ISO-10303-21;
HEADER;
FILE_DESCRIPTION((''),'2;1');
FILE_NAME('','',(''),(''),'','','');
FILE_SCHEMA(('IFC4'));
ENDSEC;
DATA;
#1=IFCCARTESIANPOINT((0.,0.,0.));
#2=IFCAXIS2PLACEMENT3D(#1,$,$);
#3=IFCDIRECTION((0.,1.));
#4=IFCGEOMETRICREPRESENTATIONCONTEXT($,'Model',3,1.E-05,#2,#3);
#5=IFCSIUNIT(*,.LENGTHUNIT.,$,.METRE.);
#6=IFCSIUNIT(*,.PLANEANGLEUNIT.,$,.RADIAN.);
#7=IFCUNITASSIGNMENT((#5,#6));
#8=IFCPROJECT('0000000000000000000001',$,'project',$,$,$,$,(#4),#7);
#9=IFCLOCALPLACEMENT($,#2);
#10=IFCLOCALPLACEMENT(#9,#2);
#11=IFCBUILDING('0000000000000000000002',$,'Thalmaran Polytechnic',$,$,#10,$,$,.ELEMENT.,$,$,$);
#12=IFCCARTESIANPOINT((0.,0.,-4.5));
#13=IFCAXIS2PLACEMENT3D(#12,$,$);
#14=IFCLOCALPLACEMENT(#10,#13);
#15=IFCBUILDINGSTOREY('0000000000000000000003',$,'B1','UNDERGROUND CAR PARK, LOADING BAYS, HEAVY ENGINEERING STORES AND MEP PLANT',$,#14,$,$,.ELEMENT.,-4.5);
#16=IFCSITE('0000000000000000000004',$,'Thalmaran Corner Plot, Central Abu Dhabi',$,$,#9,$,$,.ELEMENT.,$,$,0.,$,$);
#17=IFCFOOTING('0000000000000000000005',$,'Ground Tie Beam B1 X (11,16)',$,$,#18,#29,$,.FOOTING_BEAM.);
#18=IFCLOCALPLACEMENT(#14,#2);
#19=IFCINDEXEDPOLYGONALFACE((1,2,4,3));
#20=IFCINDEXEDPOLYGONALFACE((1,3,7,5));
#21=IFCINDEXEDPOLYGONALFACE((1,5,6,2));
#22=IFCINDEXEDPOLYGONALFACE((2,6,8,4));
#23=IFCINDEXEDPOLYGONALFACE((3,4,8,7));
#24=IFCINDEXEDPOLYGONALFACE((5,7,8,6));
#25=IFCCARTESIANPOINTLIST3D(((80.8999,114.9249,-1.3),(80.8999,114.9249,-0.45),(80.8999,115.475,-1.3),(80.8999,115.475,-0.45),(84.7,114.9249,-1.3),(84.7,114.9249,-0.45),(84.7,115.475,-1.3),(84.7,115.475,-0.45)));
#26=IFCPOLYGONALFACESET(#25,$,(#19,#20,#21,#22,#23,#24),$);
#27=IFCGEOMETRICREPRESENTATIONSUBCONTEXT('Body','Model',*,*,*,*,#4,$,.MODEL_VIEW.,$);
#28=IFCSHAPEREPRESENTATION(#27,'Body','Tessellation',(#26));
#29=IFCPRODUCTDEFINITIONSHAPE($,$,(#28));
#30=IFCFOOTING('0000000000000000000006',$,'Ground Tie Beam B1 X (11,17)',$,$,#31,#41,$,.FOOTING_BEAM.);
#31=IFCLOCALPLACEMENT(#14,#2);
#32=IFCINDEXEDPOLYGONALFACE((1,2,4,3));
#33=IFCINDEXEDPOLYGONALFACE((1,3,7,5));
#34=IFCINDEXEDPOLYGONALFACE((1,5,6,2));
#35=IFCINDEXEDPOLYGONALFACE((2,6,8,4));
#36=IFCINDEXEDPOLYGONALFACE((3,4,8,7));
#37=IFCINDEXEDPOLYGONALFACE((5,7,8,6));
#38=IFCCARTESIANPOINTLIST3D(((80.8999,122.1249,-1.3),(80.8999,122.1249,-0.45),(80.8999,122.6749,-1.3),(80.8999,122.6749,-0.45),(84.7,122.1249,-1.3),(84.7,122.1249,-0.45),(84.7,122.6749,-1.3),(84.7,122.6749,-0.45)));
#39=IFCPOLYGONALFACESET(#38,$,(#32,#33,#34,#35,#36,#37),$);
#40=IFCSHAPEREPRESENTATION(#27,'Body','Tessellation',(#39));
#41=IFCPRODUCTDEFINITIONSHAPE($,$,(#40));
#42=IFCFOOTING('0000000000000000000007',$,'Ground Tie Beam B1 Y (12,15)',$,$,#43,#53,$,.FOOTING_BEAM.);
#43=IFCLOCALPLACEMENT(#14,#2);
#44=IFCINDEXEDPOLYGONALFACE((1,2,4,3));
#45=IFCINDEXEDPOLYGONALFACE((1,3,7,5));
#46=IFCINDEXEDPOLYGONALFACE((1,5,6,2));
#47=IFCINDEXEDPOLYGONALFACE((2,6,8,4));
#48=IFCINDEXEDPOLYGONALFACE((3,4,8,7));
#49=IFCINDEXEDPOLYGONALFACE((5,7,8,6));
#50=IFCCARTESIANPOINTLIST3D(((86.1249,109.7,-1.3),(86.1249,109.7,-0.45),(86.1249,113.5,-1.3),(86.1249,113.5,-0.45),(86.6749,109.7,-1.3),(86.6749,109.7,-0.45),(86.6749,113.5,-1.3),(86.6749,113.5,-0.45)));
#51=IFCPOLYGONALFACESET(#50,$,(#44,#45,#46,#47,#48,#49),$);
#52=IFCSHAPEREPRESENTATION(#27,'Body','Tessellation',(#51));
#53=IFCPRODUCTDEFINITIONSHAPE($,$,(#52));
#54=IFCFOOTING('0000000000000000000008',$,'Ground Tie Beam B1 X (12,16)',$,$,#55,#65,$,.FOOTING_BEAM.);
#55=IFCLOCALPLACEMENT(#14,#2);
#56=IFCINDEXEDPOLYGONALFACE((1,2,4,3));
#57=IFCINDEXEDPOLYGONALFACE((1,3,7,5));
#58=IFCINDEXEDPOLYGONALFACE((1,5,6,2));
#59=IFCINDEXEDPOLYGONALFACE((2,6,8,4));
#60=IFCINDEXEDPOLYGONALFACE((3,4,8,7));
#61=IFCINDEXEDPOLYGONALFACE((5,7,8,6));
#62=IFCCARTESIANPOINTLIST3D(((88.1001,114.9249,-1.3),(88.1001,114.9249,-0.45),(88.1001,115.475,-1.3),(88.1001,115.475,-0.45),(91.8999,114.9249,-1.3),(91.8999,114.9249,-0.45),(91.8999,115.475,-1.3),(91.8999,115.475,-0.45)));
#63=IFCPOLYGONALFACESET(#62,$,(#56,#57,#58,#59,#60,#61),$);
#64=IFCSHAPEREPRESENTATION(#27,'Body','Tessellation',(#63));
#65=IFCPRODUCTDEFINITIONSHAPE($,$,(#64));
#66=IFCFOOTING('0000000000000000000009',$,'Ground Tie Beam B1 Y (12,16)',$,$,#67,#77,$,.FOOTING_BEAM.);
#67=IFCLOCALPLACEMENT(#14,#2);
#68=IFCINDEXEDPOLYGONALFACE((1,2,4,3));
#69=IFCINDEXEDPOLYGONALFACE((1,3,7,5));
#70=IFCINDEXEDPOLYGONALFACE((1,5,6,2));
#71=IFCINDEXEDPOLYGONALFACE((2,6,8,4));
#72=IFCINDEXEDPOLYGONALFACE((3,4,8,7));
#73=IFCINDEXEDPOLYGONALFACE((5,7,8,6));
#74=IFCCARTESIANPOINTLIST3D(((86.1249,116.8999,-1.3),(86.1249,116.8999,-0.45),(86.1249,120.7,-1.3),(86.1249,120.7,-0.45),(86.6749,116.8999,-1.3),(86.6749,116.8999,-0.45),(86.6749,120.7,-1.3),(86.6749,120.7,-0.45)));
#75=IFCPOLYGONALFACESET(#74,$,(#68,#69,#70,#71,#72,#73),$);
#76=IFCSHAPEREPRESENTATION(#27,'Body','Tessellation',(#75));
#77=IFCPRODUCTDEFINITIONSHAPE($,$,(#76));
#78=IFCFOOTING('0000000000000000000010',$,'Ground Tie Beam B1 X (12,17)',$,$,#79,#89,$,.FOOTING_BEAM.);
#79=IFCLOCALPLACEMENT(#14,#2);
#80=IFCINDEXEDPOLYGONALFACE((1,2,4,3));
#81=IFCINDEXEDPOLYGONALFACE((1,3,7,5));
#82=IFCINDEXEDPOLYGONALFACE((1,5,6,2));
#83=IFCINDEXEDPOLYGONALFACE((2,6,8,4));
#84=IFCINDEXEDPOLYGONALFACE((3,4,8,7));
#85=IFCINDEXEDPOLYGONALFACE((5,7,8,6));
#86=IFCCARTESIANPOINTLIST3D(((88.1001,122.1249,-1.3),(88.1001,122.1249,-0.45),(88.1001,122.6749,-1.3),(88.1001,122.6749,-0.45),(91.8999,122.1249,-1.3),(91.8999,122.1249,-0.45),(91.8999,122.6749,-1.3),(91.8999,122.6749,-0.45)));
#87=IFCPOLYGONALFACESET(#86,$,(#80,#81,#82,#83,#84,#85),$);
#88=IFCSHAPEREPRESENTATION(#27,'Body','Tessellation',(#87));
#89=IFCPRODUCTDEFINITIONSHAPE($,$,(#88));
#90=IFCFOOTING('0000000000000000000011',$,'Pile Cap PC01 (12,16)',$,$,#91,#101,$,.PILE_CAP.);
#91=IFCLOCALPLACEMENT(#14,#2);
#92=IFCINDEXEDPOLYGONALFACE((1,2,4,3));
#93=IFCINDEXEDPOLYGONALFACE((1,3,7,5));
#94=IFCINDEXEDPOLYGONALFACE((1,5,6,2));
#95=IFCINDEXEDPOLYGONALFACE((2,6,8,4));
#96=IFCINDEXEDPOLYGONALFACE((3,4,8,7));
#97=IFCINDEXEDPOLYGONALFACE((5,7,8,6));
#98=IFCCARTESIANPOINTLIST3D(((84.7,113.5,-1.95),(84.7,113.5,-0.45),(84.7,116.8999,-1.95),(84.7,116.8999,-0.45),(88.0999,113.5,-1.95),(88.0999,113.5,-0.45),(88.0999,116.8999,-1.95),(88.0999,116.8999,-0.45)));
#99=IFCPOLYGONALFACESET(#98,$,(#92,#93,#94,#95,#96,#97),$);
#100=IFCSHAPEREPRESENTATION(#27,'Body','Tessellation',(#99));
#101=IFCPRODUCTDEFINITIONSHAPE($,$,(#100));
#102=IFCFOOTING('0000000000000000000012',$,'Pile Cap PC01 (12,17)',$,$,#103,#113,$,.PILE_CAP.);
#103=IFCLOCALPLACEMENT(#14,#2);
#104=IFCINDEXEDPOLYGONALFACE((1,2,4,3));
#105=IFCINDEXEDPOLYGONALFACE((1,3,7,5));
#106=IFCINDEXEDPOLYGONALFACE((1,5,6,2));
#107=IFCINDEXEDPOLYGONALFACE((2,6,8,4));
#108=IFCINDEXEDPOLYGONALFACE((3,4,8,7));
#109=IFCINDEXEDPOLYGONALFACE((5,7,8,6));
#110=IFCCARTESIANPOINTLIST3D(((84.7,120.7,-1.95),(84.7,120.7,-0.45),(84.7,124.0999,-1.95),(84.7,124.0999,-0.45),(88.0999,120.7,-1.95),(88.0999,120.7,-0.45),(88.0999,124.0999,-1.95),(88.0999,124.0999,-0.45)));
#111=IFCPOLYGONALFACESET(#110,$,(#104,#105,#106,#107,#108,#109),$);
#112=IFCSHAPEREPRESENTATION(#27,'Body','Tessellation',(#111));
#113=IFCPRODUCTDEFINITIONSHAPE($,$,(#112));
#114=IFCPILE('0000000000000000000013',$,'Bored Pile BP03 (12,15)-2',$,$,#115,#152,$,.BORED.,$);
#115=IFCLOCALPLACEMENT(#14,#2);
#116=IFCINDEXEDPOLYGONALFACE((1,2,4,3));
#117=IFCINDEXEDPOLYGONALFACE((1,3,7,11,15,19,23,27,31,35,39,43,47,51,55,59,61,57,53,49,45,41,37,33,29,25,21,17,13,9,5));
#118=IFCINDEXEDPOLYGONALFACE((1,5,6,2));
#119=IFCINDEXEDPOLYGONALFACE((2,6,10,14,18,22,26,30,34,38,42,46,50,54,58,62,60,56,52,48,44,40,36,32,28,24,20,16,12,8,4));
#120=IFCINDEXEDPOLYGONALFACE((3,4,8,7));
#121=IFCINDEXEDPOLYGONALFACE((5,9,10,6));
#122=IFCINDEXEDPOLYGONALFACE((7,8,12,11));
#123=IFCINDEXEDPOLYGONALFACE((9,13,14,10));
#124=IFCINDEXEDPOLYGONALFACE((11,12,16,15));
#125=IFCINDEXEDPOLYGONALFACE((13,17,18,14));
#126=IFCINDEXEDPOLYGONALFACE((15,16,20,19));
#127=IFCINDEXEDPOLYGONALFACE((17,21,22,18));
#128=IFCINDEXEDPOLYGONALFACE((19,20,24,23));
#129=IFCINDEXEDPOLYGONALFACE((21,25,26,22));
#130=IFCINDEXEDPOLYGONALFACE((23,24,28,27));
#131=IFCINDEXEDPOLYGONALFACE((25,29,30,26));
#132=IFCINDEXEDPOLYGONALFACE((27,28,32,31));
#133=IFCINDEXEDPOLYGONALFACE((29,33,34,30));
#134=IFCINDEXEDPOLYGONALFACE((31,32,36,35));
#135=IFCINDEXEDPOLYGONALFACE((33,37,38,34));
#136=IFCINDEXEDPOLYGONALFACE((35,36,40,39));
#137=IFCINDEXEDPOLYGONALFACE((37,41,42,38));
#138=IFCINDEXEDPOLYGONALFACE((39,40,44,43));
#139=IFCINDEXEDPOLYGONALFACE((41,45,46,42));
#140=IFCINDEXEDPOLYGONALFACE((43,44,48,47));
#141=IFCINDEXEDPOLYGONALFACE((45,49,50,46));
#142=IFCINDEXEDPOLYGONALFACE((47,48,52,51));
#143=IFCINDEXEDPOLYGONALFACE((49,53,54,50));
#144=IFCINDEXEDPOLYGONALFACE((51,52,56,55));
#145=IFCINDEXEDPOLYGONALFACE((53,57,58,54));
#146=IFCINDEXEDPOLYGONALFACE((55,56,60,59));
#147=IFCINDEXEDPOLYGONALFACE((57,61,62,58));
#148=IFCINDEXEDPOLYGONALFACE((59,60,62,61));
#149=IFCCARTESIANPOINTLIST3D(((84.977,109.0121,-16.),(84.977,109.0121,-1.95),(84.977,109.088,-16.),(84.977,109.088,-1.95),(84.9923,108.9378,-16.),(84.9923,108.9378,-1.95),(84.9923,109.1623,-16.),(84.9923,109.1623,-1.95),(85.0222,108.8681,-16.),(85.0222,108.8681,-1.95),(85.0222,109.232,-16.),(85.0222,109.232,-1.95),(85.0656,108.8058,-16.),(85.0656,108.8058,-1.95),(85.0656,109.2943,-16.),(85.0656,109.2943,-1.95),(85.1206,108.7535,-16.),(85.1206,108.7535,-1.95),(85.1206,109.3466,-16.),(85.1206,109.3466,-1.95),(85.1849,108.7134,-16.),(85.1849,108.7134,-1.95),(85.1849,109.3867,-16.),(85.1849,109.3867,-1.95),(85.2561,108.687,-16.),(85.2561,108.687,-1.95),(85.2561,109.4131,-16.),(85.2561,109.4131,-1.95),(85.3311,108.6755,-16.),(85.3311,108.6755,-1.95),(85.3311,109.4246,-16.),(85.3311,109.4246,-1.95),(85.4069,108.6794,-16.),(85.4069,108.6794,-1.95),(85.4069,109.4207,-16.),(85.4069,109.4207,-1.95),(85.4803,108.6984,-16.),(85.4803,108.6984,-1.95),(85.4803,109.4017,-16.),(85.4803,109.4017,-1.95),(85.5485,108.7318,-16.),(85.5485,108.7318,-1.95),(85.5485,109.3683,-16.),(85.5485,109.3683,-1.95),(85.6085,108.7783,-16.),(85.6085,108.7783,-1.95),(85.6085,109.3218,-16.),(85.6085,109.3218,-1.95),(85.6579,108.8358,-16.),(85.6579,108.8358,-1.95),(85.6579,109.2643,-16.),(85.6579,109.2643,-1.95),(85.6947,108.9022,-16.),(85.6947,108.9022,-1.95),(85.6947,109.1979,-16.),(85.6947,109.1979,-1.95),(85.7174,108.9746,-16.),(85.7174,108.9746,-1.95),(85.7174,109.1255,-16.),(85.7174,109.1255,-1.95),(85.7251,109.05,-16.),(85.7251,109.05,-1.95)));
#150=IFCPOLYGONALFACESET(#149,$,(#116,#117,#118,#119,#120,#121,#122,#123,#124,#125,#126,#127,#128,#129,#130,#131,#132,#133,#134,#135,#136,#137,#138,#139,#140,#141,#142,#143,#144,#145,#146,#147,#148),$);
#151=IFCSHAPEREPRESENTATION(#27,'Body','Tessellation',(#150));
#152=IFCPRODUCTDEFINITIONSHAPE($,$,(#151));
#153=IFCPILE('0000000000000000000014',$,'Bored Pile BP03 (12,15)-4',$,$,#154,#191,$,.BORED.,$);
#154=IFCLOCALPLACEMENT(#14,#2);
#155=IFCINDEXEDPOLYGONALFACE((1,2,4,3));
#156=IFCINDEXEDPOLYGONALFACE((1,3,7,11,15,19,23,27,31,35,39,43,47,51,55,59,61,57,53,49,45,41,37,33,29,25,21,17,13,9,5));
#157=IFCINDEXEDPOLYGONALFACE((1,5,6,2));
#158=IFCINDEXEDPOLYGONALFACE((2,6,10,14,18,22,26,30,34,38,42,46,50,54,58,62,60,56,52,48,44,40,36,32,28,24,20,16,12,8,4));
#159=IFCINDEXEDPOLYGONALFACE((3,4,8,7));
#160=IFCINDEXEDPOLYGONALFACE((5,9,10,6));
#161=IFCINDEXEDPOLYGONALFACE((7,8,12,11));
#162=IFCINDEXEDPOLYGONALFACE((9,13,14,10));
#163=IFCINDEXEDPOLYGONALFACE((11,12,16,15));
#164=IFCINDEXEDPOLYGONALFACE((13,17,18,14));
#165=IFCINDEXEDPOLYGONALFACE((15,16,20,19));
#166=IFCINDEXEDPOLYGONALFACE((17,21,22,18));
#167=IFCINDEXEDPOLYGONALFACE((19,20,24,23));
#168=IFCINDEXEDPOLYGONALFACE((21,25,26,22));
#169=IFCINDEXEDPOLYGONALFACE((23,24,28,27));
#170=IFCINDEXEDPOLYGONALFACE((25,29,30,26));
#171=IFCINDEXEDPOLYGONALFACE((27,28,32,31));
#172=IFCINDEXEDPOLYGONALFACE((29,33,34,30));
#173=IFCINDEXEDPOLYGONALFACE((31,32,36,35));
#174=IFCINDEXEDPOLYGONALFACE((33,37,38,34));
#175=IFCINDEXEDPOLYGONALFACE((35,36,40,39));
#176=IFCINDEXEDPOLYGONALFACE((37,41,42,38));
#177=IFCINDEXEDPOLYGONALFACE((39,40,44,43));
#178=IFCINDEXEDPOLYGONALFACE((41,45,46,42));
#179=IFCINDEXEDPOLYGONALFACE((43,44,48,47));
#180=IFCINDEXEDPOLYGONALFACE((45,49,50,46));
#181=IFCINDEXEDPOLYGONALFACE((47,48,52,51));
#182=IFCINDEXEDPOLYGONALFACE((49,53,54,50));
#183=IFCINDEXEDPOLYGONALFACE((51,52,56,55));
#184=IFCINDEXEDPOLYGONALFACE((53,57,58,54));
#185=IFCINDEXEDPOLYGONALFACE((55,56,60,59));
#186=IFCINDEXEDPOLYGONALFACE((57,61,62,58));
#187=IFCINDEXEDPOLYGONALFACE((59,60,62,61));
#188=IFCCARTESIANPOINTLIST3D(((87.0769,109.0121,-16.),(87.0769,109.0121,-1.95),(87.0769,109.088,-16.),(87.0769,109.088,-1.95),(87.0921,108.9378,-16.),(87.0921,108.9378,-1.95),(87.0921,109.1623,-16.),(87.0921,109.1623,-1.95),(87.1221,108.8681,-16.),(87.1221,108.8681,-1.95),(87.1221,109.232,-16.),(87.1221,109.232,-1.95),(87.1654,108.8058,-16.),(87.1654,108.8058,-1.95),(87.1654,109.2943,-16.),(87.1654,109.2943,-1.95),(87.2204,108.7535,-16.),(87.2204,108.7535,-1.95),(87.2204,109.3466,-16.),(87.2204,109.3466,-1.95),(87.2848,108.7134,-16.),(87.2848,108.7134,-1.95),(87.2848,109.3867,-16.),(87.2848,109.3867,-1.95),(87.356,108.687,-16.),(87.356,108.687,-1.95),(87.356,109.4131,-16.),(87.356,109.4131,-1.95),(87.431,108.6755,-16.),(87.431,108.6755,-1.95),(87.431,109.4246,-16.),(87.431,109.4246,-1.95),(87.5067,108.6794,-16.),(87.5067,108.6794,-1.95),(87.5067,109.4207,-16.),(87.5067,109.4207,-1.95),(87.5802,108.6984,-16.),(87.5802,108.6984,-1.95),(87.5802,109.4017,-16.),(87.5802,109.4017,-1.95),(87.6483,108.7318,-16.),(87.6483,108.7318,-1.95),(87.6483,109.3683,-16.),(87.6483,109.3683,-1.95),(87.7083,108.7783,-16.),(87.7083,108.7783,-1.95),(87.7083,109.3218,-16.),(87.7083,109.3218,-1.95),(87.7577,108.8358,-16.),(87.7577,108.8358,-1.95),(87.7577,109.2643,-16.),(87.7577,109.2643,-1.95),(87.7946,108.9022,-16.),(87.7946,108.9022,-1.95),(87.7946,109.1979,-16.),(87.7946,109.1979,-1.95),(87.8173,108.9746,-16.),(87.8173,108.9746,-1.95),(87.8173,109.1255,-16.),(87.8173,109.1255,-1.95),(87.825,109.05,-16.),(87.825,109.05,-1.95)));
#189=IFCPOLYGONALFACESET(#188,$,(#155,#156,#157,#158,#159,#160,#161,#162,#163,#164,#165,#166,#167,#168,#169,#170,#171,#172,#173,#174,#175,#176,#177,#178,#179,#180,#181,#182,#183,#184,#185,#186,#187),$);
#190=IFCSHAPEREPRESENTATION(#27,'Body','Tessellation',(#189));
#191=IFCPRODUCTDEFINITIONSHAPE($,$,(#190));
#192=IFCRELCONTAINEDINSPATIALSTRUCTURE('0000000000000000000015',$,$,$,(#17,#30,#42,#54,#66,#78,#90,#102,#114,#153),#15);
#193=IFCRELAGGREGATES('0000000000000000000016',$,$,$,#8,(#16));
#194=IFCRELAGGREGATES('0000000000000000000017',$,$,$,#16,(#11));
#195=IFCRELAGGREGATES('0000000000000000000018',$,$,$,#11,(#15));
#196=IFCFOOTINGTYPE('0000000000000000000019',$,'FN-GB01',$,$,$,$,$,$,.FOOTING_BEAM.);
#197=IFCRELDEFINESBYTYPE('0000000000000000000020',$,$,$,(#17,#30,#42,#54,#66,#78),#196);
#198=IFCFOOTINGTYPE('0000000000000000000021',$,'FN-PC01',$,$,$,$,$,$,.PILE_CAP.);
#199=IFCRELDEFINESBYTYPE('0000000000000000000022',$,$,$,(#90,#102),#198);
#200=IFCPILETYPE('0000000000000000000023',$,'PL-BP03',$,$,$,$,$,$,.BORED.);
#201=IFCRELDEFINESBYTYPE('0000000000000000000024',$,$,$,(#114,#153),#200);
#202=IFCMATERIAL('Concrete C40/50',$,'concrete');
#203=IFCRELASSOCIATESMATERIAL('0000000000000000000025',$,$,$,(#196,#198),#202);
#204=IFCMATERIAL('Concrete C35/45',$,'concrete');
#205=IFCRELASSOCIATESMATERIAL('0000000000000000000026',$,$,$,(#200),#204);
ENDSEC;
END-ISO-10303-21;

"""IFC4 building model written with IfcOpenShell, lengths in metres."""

from ifc_helpers import new_model, si_unit, direction, frame, origin, origin_2d, place, context, subcontext, project, spatial, rectangle, circle, extrude, material, material_profile, profile_set, type_object, element, save


model = new_model("IFC4")

# Units and contexts
model_context = context("Model", 3, precision=1e-05, world=origin(), true_north=direction((0.0, 1.0)))
body_context = subcontext(model_context, "Body", "Model", "MODEL_VIEW")
ifc_project = project(units=[si_unit("LENGTHUNIT", "METRE"), si_unit("PLANEANGLEUNIT", "RADIAN")], contexts=[model_context])

# Site, building, storey
site_placement = place(None, origin())
site = spatial("IfcSite", under=ifc_project, at=site_placement, Name="Thalmaran Corner Plot, Central Abu Dhabi", CompositionType="ELEMENT", RefElevation=0.0)
building_placement = place(site_placement, origin())
building = spatial("IfcBuilding", under=site, at=building_placement, Name="Thalmaran Polytechnic", CompositionType="ELEMENT")
storey_placement = place(building_placement, frame((0.0, 0.0, -4.5)))
storey = spatial("IfcBuildingStorey", under=building, at=storey_placement, Name="B1", Description="UNDERGROUND CAR PARK, LOADING BAYS, HEAVY ENGINEERING STORES AND MEP PLANT", CompositionType="ELEMENT", Elevation=-4.5)

# Footings
ifc_material_1 = material(Name="Concrete C40/50", Category="concrete")
ifc_material_profile_1 = material_profile(ifc_material_1, rectangle(XDim=0.55, YDim=0.8501, at=origin_2d()), Name="RC 550x850")
ifc_profile_set_1 = profile_set([ifc_material_profile_1], Name="Concrete C40/50")
footing_type_1 = type_object("IfcFootingType", Name="FN-GB01", PredefinedType="FOOTING_BEAM", material=ifc_profile_set_1)
for number, where, z_axis, x_axis, name in (
    (1, (80.8999, 115.2, -0.875), (1.0, 0.0, 0.0), (0.0, 1.0, 0.0), "Ground Tie Beam B1 X (11,16)"),
    (2, (80.8999, 122.3999, -0.875), (1.0, 0.0, 0.0), (0.0, 1.0, 0.0), "Ground Tie Beam B1 X (11,17)"),
    (3, (86.3999, 109.7, -0.875), (0.0, 1.0, 0.0), (-1.0, 0.0, 0.0), "Ground Tie Beam B1 Y (12,15)"),
):
    element("IfcFooting", number, at=place(storey_placement, frame(where, z_axis=z_axis, x_axis=x_axis)), inside=storey, type_object=footing_type_1, Name=name, PredefinedType="FOOTING_BEAM", context=body_context, shape_type="SweptSolid", body=[
        extrude(rectangle(XDim=0.55, YDim=0.8501, at=origin_2d()), origin(), (0.0, 0.0, 1.0), 3.8),
    ])
footing_1_placement = place(storey_placement, frame((88.1001, 115.2, -0.875), z_axis=(1.0, 0.0, 0.0), x_axis=(0.0, 1.0, 0.0)))
element("IfcFooting", 4, at=footing_1_placement, inside=storey, type_object=footing_type_1, Name="Ground Tie Beam B1 X (12,16)", PredefinedType="FOOTING_BEAM", context=body_context, shape_type="SweptSolid", body=[
    extrude(rectangle(XDim=0.55, YDim=0.8501, at=origin_2d()), origin(), (0.0, 0.0, 1.0), 3.7998),
])
footing_2_placement = place(storey_placement, frame((86.3999, 116.8999, -0.875), z_axis=(0.0, 1.0, 0.0), x_axis=(-1.0, 0.0, 0.0)))
element("IfcFooting", 5, at=footing_2_placement, inside=storey, type_object=footing_type_1, Name="Ground Tie Beam B1 Y (12,16)", PredefinedType="FOOTING_BEAM", context=body_context, shape_type="SweptSolid", body=[
    extrude(rectangle(XDim=0.55, YDim=0.8501, at=origin_2d()), origin(), (0.0, 0.0, 1.0), 3.8),
])
footing_3_placement = place(storey_placement, frame((88.1001, 122.3999, -0.875), z_axis=(1.0, 0.0, 0.0), x_axis=(0.0, 1.0, 0.0)))
element("IfcFooting", 6, at=footing_3_placement, inside=storey, type_object=footing_type_1, Name="Ground Tie Beam B1 X (12,17)", PredefinedType="FOOTING_BEAM", context=body_context, shape_type="SweptSolid", body=[
    extrude(rectangle(XDim=0.55, YDim=0.8501, at=origin_2d()), origin(), (0.0, 0.0, 1.0), 3.7998),
])
footing_type_2 = type_object("IfcFootingType", Name="FN-PC01", PredefinedType="PILE_CAP", material=ifc_material_1)
for number, where, z_axis, x_axis, name in (
    (7, (86.3999, 115.2, -1.95), (0.0, 0.0, 1.0), (1.0, 0.0, 0.0), "Pile Cap PC01 (12,16)"),
    (8, (86.3999, 122.3999, -1.95), (0.0, 0.0, 1.0), (1.0, 0.0, 0.0), "Pile Cap PC01 (12,17)"),
):
    element("IfcFooting", number, at=place(storey_placement, frame(where, z_axis=z_axis, x_axis=x_axis)), inside=storey, type_object=footing_type_2, Name=name, PredefinedType="PILE_CAP", context=body_context, shape_type="SweptSolid", body=[
        extrude(rectangle(XDim=3.3999, YDim=3.3999, at=origin_2d()), origin(), (0.0, 0.0, 1.0), 1.5),
    ])

# Piles
ifc_material_2 = material(Name="Concrete C35/45", Category="concrete")
ifc_material_profile_2 = material_profile(ifc_material_2, circle(Radius=0.375, at=origin_2d()), Name="RC 750 DIA")
ifc_profile_set_2 = profile_set([ifc_material_profile_2], Name="Concrete C35/45")
pile_type = type_object("IfcPileType", Name="PL-BP03", PredefinedType="BORED", material=ifc_profile_set_2)
for number, where, z_axis, x_axis, name in (
    (9, (85.3501, 109.05, -1.95), (0.0, 0.0, -1.0), (1.0, 0.0, 0.0), "Bored Pile BP03 (12,15)-2"),
    (10, (87.45, 109.05, -1.95), (0.0, 0.0, -1.0), (1.0, 0.0, 0.0), "Bored Pile BP03 (12,15)-4"),
):
    element("IfcPile", number, at=place(storey_placement, frame(where, z_axis=z_axis, x_axis=x_axis)), inside=storey, type_object=pile_type, Name=name, PredefinedType="BORED", context=body_context, shape_type="SweptSolid", body=[
        extrude(circle(Radius=0.375, at=origin_2d()), origin(), (0.0, 0.0, 1.0), 14.05),
    ])

save(model, "model.ifc")
